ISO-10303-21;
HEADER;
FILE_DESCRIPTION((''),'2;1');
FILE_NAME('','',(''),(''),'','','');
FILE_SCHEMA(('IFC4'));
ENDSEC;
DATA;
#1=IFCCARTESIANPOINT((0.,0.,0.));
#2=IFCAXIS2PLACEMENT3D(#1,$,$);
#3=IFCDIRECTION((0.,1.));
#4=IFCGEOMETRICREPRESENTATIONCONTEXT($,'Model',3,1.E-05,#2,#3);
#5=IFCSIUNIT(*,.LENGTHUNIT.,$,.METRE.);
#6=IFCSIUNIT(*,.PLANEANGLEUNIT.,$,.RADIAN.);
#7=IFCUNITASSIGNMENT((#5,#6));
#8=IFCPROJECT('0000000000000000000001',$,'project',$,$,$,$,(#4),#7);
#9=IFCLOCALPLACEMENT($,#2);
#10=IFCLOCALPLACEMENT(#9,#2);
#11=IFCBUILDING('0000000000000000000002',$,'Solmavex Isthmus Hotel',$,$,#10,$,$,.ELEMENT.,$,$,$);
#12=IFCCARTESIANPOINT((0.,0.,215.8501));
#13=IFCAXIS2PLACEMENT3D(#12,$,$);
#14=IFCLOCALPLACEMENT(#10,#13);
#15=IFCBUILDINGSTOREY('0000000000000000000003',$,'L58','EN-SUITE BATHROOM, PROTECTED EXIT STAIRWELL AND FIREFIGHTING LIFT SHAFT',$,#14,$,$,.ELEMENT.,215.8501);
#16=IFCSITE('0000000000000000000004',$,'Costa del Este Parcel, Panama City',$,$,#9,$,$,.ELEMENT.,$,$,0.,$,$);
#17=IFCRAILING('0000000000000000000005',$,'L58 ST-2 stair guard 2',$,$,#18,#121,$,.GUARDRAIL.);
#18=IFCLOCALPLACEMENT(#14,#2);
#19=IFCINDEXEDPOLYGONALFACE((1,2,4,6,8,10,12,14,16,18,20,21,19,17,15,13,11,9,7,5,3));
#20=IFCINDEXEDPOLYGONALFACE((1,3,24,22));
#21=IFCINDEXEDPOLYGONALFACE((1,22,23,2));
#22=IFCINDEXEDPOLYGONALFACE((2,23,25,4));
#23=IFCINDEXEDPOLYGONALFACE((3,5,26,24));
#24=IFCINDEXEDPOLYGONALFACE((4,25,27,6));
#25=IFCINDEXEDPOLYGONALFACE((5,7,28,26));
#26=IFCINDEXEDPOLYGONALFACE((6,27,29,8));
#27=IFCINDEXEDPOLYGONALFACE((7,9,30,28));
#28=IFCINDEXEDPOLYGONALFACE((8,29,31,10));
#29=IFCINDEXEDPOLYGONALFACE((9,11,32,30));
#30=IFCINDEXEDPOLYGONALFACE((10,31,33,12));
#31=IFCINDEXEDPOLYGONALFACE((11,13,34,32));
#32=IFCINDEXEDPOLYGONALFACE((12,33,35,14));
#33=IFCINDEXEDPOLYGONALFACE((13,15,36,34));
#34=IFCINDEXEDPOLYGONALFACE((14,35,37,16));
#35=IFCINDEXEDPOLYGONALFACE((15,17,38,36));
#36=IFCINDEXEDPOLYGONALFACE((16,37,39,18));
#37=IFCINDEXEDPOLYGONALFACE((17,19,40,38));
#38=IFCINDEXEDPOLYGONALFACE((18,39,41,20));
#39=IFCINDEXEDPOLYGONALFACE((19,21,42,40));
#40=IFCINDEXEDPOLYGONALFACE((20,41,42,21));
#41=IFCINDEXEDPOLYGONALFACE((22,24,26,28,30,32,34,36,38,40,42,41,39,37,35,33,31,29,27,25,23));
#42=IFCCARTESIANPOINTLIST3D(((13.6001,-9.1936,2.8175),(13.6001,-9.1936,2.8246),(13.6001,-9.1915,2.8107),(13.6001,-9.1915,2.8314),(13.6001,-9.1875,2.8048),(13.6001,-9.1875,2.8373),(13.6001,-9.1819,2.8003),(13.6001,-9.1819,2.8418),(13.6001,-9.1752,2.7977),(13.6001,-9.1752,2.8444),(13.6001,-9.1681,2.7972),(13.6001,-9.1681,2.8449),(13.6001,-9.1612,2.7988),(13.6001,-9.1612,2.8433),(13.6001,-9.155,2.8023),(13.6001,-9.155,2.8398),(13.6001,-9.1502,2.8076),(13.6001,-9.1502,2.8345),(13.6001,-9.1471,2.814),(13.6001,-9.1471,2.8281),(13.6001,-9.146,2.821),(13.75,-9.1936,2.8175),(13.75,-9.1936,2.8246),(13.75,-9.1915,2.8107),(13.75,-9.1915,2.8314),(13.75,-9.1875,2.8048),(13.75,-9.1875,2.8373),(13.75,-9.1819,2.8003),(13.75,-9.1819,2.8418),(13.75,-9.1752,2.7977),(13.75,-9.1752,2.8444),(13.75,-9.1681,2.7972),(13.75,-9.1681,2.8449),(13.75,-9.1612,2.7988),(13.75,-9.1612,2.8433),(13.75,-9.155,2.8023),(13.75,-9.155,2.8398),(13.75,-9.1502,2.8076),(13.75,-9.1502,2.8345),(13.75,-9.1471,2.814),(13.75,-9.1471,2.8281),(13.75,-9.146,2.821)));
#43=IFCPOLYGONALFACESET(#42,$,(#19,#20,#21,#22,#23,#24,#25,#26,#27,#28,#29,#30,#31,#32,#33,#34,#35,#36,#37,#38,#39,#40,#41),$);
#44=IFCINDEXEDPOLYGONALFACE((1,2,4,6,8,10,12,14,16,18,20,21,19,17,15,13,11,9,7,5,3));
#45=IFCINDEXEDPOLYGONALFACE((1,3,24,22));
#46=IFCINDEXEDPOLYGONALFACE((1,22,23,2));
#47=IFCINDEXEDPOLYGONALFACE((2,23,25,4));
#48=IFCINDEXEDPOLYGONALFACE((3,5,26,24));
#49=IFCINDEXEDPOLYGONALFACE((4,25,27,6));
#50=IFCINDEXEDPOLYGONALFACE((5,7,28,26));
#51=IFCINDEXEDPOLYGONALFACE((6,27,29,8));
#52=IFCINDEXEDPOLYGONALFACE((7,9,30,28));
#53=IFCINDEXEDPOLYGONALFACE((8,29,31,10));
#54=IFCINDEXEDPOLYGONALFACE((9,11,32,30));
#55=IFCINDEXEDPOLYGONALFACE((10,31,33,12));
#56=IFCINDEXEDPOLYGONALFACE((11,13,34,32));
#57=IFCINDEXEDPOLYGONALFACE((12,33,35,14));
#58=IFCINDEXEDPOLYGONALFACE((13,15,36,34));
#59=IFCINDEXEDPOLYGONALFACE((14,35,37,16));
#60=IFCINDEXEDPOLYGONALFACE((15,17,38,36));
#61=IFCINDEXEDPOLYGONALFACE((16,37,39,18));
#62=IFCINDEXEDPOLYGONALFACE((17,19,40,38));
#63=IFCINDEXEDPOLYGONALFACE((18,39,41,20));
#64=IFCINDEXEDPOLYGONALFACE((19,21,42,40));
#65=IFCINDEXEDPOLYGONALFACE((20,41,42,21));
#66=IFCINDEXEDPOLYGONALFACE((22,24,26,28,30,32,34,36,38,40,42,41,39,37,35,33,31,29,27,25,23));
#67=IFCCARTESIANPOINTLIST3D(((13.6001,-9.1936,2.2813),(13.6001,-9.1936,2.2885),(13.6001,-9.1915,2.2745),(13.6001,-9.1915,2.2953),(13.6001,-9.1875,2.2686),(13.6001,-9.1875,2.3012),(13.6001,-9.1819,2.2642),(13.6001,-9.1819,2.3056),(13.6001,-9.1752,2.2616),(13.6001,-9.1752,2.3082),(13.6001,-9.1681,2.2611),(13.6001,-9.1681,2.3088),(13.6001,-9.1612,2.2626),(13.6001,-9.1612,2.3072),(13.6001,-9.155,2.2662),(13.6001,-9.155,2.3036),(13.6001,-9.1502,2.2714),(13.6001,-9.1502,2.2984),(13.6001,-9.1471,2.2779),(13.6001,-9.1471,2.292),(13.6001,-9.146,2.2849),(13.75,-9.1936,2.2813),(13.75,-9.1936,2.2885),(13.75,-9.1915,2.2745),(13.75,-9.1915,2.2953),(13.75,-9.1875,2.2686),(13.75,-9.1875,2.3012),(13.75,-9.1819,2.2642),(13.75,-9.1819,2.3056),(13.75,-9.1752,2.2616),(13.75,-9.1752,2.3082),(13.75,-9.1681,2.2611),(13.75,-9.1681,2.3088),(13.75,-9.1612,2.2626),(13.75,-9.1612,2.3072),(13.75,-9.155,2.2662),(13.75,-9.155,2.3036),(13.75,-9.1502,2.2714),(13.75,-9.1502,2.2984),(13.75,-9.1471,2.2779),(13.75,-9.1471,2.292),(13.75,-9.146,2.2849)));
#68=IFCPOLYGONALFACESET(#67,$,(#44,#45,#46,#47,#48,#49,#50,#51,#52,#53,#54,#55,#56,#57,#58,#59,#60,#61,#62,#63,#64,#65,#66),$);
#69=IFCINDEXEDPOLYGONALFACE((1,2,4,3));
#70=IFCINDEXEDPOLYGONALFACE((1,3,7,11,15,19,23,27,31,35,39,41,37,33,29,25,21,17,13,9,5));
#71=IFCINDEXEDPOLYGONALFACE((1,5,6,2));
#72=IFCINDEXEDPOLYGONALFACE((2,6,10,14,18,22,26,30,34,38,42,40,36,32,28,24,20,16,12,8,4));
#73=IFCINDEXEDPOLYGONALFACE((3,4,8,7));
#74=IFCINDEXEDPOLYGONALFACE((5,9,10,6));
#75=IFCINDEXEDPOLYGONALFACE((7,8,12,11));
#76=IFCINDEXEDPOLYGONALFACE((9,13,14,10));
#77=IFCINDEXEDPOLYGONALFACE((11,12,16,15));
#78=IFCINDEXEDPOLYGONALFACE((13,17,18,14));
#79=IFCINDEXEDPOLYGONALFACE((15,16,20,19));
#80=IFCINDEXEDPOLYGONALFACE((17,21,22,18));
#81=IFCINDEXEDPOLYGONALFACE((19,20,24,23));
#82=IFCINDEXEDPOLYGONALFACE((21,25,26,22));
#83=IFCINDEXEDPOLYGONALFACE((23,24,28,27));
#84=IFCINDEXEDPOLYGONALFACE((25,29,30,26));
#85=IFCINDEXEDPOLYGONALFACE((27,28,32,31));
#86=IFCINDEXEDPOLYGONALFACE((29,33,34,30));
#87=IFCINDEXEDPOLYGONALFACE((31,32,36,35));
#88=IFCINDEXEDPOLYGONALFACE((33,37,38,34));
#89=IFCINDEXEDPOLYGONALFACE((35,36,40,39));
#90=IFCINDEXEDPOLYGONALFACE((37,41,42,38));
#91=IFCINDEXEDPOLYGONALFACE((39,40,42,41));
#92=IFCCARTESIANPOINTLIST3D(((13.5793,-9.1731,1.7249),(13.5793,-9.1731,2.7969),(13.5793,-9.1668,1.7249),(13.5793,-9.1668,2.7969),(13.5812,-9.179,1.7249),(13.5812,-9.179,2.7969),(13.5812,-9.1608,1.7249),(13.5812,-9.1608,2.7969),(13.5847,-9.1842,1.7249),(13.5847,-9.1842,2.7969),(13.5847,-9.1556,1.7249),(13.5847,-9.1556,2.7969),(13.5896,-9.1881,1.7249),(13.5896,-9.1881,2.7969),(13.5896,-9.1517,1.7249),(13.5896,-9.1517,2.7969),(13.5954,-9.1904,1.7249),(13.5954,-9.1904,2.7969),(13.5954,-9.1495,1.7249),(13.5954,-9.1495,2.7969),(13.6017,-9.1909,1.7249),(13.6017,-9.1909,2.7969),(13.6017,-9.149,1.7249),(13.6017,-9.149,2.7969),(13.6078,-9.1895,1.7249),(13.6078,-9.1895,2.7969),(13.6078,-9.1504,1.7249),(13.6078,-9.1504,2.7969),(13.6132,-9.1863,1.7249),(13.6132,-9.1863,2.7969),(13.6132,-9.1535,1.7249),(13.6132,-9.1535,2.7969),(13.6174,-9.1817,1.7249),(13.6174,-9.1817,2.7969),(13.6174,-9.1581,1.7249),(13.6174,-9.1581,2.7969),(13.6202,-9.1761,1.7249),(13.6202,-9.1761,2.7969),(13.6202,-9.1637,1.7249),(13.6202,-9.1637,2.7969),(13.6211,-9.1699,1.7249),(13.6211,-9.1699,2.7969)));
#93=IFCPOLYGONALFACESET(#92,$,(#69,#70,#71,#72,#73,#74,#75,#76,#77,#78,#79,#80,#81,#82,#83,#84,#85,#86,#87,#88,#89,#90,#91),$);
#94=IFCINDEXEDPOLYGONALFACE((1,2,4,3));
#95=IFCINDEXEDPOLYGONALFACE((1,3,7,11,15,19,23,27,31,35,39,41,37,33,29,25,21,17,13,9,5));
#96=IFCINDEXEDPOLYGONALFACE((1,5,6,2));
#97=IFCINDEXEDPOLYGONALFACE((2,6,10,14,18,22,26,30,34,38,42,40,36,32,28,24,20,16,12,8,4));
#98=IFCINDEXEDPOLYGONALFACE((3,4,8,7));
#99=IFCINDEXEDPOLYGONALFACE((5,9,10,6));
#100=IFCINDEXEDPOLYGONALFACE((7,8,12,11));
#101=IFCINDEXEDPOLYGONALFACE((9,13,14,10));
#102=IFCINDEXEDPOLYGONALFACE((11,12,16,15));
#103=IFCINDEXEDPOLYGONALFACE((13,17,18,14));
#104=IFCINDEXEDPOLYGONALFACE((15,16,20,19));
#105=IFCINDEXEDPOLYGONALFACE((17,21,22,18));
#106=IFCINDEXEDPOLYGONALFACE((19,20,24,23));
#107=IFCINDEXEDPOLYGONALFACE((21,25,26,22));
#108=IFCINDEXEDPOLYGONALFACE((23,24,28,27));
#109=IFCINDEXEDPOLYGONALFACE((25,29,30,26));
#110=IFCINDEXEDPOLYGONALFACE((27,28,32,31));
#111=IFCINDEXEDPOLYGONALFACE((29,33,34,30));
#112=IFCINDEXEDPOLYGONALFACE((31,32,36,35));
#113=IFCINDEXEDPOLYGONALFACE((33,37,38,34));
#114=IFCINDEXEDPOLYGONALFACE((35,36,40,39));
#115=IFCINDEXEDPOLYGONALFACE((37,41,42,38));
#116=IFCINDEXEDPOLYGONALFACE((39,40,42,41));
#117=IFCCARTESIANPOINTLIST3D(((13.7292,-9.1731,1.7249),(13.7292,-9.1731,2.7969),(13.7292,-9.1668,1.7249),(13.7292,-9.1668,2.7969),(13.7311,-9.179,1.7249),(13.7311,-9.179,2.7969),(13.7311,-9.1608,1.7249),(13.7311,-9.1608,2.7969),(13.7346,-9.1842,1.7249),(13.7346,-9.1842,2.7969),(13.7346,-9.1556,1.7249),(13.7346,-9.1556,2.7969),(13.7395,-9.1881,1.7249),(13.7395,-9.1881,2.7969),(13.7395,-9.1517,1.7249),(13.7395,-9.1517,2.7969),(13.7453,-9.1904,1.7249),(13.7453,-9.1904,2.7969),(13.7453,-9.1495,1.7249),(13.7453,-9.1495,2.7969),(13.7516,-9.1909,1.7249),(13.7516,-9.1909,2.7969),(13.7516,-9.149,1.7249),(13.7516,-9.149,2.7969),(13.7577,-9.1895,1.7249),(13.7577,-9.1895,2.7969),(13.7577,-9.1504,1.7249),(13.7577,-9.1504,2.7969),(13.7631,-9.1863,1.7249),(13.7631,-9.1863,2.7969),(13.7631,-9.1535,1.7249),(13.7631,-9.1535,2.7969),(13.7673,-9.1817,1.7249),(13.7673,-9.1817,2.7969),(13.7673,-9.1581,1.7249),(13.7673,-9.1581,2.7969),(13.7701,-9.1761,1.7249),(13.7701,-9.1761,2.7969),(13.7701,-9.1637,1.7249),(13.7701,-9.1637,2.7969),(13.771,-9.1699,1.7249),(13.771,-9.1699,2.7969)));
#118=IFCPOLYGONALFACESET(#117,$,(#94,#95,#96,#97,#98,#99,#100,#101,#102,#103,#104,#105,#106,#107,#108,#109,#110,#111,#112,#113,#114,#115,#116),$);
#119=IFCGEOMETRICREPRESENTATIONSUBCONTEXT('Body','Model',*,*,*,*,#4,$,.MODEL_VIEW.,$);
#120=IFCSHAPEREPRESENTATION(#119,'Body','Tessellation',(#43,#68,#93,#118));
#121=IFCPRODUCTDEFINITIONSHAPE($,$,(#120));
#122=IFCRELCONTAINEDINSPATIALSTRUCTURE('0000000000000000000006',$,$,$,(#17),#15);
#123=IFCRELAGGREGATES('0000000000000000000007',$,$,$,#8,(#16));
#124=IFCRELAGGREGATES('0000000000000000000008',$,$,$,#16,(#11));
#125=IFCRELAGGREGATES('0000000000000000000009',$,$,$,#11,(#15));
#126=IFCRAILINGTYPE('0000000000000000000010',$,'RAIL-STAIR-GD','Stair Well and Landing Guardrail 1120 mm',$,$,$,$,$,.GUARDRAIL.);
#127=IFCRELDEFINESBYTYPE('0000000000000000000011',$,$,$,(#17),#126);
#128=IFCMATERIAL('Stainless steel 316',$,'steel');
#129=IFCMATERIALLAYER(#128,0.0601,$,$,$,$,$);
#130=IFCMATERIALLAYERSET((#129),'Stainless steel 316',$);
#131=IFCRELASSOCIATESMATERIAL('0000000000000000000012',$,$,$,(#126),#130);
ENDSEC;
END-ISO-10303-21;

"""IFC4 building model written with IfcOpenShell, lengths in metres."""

from ifc_helpers import new_model, si_unit, direction, frame, origin, origin_2d, place, context, subcontext, project, spatial, circle, extrude, material, layer, layer_set, type_object, element, save


model = new_model("IFC4")

# Units and contexts
model_context = context("Model", 3, precision=1e-05, world=origin(), true_north=direction((0.0, 1.0)))
body_context = subcontext(model_context, "Body", "Model", "MODEL_VIEW")
ifc_project = project(units=[si_unit("LENGTHUNIT", "METRE"), si_unit("PLANEANGLEUNIT", "RADIAN")], contexts=[model_context])

# Site, building, storey
site_placement = place(None, origin())
site = spatial("IfcSite", under=ifc_project, at=site_placement, Name="Costa del Este Parcel, Panama City", CompositionType="ELEMENT", RefElevation=0.0)
building_placement = place(site_placement, origin())
building = spatial("IfcBuilding", under=site, at=building_placement, Name="Solmavex Isthmus Hotel", CompositionType="ELEMENT")
storey_placement = place(building_placement, frame((0.0, 0.0, 215.8501)))
storey = spatial("IfcBuildingStorey", under=building, at=storey_placement, Name="L58", Description="EN-SUITE BATHROOM, PROTECTED EXIT STAIRWELL AND FIREFIGHTING LIFT SHAFT", CompositionType="ELEMENT", Elevation=215.8501)

# Shared definitions
ifc_material_1 = material(Name="Stainless steel 316", Category="steel")

# Railing
ifc_layer_1 = layer(ifc_material_1, 0.0601)
ifc_layer_set_1 = layer_set([ifc_layer_1], Name="Stainless steel 316")
railing_type_1 = type_object("IfcRailingType", Name="RAIL-STAIR-GD", Description="Stair Well and Landing Guardrail 1120 mm", PredefinedType="GUARDRAIL", material=ifc_layer_set_1)
for number, where, name in (
    (1, (13.6001, -9.1699, 1.7249), "L58 ST-2 stair guard 2"),
):
    element("IfcRailing", number, at=place(storey_placement, frame(where)), inside=storey, type_object=railing_type_1, Name=name, PredefinedType="GUARDRAIL", context=body_context, shape_type="SweptSolid", body=[
        extrude(circle(Radius=0.0239, at=origin_2d()), frame((0.0, 0.0, 1.0962), z_axis=(1.0, 0.0, 0.0), x_axis=(0.0, 1.0, 0.0)), (0.0, 0.0, 1.0), 0.1499),
        extrude(circle(Radius=0.0239, at=origin_2d()), frame((0.0, 0.0, 0.5601), z_axis=(1.0, 0.0, 0.0), x_axis=(0.0, 1.0, 0.0)), (0.0, 0.0, 1.0), 0.1499),
        extrude(circle(Radius=0.021, at=origin_2d()), origin(), (0.0, 0.0, 1.0), 1.072),
        extrude(circle(Radius=0.021, at=origin_2d()), frame((0.1499, 0.0, 0.0)), (0.0, 0.0, 1.0), 1.072),
    ])

save(model, "model.ifc")
